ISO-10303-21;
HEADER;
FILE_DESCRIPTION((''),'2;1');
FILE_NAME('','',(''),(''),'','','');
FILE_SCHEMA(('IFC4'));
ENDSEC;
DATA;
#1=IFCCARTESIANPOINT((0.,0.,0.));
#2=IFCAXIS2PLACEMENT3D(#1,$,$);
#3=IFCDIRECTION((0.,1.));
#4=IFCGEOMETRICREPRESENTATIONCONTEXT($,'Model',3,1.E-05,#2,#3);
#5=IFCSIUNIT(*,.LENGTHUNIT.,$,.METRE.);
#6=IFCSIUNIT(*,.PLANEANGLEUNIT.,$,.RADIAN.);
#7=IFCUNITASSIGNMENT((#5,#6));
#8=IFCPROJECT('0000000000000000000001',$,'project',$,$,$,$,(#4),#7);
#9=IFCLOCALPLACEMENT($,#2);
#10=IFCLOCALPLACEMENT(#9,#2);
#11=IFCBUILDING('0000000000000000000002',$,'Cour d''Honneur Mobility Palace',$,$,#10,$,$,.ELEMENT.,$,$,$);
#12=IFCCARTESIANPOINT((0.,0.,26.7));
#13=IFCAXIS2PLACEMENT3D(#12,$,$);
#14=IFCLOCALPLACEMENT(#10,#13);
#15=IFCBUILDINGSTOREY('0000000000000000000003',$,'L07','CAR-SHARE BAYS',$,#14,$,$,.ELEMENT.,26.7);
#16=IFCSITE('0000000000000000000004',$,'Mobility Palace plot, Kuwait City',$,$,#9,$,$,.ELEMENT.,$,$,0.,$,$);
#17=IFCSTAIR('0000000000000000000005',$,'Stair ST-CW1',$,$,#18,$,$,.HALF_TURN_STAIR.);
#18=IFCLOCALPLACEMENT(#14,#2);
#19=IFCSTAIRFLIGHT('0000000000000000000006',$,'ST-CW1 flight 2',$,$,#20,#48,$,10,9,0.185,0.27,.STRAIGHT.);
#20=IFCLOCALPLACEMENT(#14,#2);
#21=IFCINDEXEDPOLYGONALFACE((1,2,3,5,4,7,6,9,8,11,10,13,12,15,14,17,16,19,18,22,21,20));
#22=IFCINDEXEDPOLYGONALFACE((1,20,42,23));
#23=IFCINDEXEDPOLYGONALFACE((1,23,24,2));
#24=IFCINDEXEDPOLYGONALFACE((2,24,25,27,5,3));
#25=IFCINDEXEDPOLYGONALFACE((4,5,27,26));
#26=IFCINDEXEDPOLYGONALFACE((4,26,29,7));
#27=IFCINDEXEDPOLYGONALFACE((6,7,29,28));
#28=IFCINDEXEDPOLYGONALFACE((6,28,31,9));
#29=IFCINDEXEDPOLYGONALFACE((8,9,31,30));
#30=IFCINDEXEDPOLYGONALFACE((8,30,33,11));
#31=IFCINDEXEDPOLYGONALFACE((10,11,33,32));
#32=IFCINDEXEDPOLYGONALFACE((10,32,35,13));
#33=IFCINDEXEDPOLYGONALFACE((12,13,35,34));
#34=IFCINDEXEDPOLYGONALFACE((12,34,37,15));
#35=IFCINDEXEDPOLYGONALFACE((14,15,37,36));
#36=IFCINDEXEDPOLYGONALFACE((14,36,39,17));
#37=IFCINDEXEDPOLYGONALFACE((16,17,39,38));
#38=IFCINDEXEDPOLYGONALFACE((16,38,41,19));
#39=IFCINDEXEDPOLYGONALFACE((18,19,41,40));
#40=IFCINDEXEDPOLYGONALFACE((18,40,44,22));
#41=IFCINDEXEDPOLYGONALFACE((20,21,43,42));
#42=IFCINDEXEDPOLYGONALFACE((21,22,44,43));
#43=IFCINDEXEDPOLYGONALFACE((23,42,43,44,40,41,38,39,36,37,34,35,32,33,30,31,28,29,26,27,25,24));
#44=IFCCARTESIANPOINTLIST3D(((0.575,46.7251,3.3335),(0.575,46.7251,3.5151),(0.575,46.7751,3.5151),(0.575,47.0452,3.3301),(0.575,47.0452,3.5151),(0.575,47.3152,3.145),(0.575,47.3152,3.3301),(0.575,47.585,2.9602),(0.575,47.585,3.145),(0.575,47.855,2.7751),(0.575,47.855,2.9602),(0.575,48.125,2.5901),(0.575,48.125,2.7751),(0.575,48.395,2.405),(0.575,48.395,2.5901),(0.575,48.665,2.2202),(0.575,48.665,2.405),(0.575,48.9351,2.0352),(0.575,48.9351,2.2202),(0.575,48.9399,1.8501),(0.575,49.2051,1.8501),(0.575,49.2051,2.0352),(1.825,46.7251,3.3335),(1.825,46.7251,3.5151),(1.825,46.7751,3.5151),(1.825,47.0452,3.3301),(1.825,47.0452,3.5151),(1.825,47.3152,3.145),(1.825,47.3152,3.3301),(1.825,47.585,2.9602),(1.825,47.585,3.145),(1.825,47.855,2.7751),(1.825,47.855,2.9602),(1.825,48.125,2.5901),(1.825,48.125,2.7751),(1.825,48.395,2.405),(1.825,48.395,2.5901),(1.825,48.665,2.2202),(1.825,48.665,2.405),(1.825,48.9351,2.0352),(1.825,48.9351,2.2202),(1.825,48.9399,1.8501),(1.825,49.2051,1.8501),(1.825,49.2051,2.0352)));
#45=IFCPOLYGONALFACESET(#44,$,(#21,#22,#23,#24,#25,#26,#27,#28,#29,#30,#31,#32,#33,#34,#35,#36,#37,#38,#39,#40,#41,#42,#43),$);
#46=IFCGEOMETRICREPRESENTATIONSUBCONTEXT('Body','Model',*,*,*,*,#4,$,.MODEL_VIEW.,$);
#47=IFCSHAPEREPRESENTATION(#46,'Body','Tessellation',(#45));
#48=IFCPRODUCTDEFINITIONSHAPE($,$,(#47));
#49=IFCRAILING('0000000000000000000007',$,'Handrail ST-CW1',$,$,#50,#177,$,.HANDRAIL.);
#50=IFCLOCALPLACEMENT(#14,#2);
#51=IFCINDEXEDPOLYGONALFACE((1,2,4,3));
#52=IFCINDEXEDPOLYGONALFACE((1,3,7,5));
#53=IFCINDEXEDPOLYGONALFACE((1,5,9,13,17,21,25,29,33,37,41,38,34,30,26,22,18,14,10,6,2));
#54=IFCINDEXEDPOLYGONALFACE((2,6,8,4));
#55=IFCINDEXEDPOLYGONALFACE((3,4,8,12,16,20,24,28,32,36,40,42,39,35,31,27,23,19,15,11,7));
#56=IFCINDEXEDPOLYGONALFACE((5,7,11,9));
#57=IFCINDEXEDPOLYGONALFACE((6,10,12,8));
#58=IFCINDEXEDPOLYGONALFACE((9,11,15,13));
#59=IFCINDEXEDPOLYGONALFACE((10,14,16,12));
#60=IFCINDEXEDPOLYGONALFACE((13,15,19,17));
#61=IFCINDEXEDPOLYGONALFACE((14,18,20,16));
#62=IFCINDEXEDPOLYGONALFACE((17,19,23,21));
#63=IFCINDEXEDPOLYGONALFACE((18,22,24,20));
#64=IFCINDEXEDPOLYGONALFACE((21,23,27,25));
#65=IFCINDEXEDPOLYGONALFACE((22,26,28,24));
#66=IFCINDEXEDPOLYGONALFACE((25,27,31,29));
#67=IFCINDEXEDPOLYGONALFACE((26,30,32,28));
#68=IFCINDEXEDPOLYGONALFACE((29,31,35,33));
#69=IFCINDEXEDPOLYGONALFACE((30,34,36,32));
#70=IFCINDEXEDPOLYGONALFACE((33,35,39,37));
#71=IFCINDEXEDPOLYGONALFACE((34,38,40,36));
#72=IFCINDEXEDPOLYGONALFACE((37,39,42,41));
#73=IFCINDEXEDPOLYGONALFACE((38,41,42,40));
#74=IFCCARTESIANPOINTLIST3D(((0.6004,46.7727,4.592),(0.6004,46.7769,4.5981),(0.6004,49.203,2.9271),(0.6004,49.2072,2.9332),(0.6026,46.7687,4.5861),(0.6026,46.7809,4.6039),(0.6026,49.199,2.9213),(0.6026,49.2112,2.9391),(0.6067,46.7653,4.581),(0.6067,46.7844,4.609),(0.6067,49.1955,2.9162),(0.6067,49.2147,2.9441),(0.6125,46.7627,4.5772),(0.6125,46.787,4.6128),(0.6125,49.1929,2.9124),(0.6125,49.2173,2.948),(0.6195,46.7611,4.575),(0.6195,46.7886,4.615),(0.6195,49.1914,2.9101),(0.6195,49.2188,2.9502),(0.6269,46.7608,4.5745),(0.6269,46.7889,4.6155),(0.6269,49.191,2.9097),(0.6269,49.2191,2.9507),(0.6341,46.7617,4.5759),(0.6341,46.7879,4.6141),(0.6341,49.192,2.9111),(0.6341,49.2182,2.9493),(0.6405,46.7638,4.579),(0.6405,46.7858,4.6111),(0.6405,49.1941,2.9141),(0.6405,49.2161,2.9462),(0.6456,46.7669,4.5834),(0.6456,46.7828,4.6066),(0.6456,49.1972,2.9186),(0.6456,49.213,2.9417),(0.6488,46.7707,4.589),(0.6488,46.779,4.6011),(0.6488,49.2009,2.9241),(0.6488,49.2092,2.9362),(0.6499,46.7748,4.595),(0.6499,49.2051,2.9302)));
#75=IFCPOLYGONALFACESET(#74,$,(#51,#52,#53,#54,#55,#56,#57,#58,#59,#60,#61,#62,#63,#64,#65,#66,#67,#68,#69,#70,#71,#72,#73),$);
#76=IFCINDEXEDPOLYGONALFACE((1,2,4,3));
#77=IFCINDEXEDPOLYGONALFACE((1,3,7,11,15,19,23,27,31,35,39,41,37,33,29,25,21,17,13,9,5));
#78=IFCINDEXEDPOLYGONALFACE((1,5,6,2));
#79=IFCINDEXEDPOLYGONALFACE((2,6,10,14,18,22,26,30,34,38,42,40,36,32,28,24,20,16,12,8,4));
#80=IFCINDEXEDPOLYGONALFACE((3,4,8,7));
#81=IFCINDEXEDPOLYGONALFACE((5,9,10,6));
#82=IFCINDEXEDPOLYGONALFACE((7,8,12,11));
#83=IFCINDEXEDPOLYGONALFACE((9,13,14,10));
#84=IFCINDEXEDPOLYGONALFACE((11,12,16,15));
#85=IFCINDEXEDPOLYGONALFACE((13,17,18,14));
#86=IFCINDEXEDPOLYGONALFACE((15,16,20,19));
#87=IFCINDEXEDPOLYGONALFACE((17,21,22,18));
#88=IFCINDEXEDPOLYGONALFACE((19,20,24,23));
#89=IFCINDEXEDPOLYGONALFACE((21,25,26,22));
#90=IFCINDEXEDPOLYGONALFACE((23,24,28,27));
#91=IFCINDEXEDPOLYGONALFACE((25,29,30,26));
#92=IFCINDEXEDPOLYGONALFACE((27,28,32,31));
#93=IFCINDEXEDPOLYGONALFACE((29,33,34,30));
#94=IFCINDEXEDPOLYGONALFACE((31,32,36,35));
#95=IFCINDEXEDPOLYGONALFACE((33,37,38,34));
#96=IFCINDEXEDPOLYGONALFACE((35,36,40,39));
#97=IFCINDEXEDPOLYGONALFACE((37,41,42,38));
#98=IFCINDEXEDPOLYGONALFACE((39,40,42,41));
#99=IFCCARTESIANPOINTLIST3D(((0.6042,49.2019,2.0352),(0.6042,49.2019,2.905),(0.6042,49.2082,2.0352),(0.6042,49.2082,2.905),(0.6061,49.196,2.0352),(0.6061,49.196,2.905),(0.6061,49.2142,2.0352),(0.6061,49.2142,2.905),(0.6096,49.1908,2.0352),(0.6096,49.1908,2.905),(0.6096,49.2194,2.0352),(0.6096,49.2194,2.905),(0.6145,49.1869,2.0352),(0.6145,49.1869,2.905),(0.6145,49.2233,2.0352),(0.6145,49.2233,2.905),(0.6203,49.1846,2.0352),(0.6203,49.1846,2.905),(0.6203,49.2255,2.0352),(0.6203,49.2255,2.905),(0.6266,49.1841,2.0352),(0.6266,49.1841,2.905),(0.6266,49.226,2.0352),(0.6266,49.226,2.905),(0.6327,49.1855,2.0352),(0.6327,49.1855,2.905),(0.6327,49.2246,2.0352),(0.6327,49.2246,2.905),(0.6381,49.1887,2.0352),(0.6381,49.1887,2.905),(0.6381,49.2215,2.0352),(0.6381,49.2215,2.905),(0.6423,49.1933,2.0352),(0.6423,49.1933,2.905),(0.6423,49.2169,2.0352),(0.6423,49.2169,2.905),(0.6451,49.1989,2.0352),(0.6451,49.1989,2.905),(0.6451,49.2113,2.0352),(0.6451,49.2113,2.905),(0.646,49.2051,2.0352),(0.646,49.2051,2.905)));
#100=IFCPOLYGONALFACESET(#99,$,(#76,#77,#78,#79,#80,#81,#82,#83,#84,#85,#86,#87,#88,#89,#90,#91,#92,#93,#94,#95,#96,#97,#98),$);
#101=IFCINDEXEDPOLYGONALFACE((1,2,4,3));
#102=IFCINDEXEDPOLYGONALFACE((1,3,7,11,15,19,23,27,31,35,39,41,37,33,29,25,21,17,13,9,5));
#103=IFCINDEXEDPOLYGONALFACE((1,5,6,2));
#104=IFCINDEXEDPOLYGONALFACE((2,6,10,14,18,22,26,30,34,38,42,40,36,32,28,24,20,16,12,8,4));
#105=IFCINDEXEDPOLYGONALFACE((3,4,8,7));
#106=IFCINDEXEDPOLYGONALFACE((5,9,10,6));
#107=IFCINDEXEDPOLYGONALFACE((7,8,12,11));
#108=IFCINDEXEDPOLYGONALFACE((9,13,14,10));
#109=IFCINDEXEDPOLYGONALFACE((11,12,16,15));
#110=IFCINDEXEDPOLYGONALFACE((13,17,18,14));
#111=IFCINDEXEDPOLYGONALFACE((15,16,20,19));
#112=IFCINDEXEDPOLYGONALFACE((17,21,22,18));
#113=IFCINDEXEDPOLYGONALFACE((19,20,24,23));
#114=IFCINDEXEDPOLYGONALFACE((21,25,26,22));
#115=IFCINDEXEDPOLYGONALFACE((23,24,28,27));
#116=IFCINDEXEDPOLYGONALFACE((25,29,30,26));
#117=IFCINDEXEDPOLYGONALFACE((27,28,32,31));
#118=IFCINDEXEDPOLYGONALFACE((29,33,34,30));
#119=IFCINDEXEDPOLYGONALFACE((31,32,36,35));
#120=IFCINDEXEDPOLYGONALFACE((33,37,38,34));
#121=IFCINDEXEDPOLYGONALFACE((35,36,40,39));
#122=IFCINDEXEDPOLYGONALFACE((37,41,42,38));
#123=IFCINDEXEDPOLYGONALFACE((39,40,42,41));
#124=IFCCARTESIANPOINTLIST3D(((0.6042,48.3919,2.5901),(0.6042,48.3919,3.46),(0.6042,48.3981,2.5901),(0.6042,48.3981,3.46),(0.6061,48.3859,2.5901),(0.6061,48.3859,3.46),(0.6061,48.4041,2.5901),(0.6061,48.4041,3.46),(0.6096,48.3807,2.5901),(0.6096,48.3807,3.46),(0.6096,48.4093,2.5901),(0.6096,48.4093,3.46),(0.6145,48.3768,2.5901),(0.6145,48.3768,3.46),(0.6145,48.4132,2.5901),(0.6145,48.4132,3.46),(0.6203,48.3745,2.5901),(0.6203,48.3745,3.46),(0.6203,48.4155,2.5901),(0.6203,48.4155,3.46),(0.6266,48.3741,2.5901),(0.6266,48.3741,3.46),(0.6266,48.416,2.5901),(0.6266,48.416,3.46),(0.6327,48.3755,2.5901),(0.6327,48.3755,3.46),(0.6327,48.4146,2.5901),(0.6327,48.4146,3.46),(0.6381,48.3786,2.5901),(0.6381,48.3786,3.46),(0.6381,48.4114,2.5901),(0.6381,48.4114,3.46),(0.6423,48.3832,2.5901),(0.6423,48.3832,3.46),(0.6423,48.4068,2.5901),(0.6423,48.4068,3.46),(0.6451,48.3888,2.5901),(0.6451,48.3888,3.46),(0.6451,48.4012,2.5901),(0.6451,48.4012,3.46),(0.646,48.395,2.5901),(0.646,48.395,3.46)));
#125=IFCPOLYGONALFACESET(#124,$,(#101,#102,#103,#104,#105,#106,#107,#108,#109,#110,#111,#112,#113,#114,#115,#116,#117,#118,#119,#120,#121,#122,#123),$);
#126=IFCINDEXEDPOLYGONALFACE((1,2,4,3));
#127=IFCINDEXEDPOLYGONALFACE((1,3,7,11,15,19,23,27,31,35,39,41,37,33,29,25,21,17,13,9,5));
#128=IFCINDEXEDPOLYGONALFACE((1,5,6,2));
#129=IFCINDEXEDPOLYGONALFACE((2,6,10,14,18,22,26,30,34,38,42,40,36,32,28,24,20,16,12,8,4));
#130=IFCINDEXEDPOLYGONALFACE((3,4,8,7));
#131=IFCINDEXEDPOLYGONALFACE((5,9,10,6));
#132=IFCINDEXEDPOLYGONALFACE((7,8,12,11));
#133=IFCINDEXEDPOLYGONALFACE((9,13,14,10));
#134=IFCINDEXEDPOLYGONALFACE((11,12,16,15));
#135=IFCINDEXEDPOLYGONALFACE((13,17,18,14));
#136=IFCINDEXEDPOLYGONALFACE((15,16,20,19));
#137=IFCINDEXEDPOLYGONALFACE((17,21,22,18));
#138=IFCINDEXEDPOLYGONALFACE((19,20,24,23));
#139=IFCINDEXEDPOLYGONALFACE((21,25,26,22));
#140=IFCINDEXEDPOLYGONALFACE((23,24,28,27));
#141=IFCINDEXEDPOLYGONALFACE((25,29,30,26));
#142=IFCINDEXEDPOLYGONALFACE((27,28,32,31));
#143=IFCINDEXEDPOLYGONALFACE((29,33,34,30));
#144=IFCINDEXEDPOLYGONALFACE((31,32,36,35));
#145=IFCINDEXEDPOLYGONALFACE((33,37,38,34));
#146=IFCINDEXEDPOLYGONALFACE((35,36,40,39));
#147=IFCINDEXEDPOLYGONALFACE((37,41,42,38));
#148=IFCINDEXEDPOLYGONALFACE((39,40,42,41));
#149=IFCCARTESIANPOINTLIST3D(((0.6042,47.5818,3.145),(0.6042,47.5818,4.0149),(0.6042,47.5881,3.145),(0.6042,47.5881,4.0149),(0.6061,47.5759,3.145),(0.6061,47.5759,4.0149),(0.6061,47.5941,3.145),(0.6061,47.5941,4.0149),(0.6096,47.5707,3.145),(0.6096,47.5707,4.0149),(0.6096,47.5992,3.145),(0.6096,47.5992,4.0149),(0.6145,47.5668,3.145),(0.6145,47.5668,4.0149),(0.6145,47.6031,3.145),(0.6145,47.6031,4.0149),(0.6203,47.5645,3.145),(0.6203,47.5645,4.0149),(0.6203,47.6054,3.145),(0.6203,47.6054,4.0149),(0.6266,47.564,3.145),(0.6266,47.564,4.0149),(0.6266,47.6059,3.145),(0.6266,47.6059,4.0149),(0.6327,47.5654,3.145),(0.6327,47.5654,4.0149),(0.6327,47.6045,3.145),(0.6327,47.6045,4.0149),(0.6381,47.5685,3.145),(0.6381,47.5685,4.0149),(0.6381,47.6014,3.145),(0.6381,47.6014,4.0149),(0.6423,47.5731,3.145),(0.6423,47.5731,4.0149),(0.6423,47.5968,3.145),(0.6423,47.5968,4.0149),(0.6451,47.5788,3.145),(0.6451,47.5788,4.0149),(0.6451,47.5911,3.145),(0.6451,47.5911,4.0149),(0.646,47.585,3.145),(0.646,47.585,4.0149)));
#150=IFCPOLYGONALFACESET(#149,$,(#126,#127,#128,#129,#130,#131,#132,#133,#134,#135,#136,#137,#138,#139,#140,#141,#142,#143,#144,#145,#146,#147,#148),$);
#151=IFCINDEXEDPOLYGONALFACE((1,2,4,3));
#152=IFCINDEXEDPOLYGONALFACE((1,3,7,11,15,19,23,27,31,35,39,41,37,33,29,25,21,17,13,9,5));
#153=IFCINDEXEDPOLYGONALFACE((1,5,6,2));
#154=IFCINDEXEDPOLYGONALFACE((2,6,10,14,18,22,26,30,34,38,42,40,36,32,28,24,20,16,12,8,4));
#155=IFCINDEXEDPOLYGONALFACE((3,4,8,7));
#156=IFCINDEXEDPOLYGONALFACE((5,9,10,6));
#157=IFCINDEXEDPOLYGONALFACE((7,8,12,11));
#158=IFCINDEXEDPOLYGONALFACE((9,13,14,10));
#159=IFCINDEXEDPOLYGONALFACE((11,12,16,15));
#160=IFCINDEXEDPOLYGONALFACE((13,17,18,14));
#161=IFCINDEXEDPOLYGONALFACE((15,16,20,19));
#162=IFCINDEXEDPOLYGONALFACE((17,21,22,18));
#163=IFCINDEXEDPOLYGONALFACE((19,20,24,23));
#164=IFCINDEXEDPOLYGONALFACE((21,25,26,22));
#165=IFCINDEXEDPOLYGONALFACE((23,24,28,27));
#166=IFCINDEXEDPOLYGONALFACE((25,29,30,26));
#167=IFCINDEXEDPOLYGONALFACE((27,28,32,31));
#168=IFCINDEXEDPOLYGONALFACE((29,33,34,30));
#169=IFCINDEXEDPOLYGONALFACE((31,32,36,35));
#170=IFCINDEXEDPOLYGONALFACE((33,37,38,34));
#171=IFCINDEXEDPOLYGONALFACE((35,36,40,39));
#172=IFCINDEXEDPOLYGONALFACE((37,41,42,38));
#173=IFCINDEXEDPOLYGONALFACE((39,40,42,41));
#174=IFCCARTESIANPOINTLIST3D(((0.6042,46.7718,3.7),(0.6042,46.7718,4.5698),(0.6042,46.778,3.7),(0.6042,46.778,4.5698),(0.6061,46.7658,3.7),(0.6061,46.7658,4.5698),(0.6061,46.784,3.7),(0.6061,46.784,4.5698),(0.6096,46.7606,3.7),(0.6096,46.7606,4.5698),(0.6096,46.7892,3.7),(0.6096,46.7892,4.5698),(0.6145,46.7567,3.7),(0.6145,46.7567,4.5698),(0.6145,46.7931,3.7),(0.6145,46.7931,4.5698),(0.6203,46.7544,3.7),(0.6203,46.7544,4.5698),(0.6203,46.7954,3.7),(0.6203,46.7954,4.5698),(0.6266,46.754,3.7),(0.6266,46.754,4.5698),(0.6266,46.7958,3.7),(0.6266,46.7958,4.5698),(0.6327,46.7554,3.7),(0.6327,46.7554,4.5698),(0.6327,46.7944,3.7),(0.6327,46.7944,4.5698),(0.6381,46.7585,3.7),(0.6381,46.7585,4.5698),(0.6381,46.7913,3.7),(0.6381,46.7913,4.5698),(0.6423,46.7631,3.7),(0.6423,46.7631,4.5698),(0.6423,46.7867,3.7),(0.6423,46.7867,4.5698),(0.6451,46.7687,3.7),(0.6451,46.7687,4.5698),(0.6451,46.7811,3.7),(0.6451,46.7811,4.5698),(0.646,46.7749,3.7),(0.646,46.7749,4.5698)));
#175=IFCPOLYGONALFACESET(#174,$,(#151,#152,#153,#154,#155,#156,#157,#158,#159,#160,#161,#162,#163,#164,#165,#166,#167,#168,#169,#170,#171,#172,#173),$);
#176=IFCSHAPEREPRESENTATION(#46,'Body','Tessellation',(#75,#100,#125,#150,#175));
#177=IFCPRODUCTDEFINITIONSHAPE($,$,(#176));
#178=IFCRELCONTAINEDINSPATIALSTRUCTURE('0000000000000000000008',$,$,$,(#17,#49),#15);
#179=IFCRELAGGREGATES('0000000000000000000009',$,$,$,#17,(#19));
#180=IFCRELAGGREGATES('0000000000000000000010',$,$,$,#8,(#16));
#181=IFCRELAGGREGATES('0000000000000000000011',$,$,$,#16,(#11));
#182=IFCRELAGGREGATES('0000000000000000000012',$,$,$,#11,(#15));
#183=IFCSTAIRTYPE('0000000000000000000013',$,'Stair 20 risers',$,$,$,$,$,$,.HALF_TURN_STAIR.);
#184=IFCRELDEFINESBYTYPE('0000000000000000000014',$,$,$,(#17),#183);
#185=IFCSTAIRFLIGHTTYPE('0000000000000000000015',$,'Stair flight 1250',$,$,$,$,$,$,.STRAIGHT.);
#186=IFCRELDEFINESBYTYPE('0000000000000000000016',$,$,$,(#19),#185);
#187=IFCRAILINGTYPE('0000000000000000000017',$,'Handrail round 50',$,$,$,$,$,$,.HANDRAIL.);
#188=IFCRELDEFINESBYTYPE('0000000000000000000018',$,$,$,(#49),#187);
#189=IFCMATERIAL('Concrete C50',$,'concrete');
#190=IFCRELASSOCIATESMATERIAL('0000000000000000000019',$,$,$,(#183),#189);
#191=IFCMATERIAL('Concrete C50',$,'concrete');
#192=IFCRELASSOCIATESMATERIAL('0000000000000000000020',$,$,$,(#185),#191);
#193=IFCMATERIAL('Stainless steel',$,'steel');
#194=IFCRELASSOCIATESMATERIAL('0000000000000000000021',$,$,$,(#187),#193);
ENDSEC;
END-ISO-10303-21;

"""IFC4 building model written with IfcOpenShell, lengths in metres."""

from ifc_helpers import new_model, si_unit, direction, frame, origin, origin_2d, place, context, subcontext, project, spatial, polyline, circle, outline, extrude, material, type_object, element, aggregate, save


model = new_model("IFC4")

# Units and contexts
model_context = context("Model", 3, precision=1e-05, world=origin(), true_north=direction((0.0, 1.0)))
body_context = subcontext(model_context, "Body", "Model", "MODEL_VIEW")
ifc_project = project(units=[si_unit("LENGTHUNIT", "METRE"), si_unit("PLANEANGLEUNIT", "RADIAN")], contexts=[model_context])

# Site, building, storey
site_placement = place(None, origin())
site = spatial("IfcSite", under=ifc_project, at=site_placement, Name="Mobility Palace plot, Kuwait City", CompositionType="ELEMENT", RefElevation=0.0)
building_placement = place(site_placement, origin())
building = spatial("IfcBuilding", under=site, at=building_placement, Name="Cour d'Honneur Mobility Palace", CompositionType="ELEMENT")
storey_placement = place(building_placement, frame((0.0, 0.0, 26.7)))
storey = spatial("IfcBuildingStorey", under=building, at=storey_placement, Name="L07", Description="CAR-SHARE BAYS", CompositionType="ELEMENT", Elevation=26.7)

# Stair, stair flight
ifc_material_1 = material(Name="Concrete C50", Category="concrete")
stair_type = type_object("IfcStairType", Name="Stair 20 risers", PredefinedType="HALF_TURN_STAIR", material=ifc_material_1)
stair_placement = place(storey_placement, origin())
stair = element("IfcStair", 1, at=stair_placement, inside=storey, type_object=stair_type, Name="Stair ST-CW1", PredefinedType="HALF_TURN_STAIR")
ifc_material_2 = material(Name="Concrete C50", Category="concrete")
stair_flight_type = type_object("IfcStairFlightType", Name="Stair flight 1250", PredefinedType="STRAIGHT", material=ifc_material_2)
stair_flight_placement = place(storey_placement, frame((1.2, 49.2051, 1.8501), z_axis=(0.0, 0.0, 1.0), x_axis=(0.0, -1.0, 0.0)))
stair_flight = element("IfcStairFlight", 2, at=stair_flight_placement, type_object=stair_flight_type, Name="ST-CW1 flight 2", NumberOfRisers=10, NumberOfTreads=9, PredefinedType="STRAIGHT", RiserHeight=0.185, TreadLength=0.27, context=body_context, shape_type="SweptSolid", body=[
    extrude(outline(polyline([(0.0, 0.0), (0.0, 0.1851), (0.27, 0.1851), (0.27, 0.3701), (0.54, 0.3701), (0.54, 0.5549), (0.8101, 0.5549), (0.8101, 0.74), (1.0801, 0.74), (1.0801, 0.925), (1.3501, 0.925), (1.3501, 1.1101), (1.6201, 1.1101), (1.6201, 1.2949), (1.8899, 1.2949), (1.8899, 1.48), (2.1599, 1.48), (2.1599, 1.665), (2.4299, 1.665), (2.48, 1.665), (2.48, 1.4834), (0.2651, 0.0), (0.0, 0.0)])), frame((0.0, 0.625, 0.0), z_axis=(0.0, -1.0, 0.0), x_axis=(1.0, 0.0, 0.0)), (0.0, 0.0, 1.0), 1.25),
])
aggregate(stair, [stair_flight])

# Railing
ifc_material_3 = material(Name="Stainless steel", Category="steel")
railing_type = type_object("IfcRailingType", Name="Handrail round 50", PredefinedType="HANDRAIL", material=ifc_material_3)
railing_placement = place(storey_placement, frame((0.625, 49.2051, 2.0352)))
element("IfcRailing", 3, at=railing_placement, inside=storey, type_object=railing_type, Name="Handrail ST-CW1", PredefinedType="HANDRAIL", context=body_context, shape_type="SweptSolid", body=[
    extrude(circle(Radius=0.0249, at=origin_2d()), frame((0.0, 0.0, 0.895), z_axis=(0.0, -0.824984, 0.565156), x_axis=(1.0, 0.0, 0.0)), (0.0, 0.0, 1.0), 2.9458),
    extrude(circle(Radius=0.021, at=origin_2d()), origin(), (0.0, 0.0, 1.0), 0.8699),
    extrude(circle(Radius=0.021, at=origin_2d()), frame((0.0, -0.8101, 0.5549)), (0.0, 0.0, 1.0), 0.8699),
    extrude(circle(Radius=0.021, at=origin_2d()), frame((0.0, -1.6201, 1.1099)), (0.0, 0.0, 1.0), 0.8699),
    extrude(circle(Radius=0.021, at=origin_2d()), frame((0.0, -2.4302, 1.6648)), (0.0, 0.0, 1.0), 0.8699),
])

save(model, "model.ifc")
